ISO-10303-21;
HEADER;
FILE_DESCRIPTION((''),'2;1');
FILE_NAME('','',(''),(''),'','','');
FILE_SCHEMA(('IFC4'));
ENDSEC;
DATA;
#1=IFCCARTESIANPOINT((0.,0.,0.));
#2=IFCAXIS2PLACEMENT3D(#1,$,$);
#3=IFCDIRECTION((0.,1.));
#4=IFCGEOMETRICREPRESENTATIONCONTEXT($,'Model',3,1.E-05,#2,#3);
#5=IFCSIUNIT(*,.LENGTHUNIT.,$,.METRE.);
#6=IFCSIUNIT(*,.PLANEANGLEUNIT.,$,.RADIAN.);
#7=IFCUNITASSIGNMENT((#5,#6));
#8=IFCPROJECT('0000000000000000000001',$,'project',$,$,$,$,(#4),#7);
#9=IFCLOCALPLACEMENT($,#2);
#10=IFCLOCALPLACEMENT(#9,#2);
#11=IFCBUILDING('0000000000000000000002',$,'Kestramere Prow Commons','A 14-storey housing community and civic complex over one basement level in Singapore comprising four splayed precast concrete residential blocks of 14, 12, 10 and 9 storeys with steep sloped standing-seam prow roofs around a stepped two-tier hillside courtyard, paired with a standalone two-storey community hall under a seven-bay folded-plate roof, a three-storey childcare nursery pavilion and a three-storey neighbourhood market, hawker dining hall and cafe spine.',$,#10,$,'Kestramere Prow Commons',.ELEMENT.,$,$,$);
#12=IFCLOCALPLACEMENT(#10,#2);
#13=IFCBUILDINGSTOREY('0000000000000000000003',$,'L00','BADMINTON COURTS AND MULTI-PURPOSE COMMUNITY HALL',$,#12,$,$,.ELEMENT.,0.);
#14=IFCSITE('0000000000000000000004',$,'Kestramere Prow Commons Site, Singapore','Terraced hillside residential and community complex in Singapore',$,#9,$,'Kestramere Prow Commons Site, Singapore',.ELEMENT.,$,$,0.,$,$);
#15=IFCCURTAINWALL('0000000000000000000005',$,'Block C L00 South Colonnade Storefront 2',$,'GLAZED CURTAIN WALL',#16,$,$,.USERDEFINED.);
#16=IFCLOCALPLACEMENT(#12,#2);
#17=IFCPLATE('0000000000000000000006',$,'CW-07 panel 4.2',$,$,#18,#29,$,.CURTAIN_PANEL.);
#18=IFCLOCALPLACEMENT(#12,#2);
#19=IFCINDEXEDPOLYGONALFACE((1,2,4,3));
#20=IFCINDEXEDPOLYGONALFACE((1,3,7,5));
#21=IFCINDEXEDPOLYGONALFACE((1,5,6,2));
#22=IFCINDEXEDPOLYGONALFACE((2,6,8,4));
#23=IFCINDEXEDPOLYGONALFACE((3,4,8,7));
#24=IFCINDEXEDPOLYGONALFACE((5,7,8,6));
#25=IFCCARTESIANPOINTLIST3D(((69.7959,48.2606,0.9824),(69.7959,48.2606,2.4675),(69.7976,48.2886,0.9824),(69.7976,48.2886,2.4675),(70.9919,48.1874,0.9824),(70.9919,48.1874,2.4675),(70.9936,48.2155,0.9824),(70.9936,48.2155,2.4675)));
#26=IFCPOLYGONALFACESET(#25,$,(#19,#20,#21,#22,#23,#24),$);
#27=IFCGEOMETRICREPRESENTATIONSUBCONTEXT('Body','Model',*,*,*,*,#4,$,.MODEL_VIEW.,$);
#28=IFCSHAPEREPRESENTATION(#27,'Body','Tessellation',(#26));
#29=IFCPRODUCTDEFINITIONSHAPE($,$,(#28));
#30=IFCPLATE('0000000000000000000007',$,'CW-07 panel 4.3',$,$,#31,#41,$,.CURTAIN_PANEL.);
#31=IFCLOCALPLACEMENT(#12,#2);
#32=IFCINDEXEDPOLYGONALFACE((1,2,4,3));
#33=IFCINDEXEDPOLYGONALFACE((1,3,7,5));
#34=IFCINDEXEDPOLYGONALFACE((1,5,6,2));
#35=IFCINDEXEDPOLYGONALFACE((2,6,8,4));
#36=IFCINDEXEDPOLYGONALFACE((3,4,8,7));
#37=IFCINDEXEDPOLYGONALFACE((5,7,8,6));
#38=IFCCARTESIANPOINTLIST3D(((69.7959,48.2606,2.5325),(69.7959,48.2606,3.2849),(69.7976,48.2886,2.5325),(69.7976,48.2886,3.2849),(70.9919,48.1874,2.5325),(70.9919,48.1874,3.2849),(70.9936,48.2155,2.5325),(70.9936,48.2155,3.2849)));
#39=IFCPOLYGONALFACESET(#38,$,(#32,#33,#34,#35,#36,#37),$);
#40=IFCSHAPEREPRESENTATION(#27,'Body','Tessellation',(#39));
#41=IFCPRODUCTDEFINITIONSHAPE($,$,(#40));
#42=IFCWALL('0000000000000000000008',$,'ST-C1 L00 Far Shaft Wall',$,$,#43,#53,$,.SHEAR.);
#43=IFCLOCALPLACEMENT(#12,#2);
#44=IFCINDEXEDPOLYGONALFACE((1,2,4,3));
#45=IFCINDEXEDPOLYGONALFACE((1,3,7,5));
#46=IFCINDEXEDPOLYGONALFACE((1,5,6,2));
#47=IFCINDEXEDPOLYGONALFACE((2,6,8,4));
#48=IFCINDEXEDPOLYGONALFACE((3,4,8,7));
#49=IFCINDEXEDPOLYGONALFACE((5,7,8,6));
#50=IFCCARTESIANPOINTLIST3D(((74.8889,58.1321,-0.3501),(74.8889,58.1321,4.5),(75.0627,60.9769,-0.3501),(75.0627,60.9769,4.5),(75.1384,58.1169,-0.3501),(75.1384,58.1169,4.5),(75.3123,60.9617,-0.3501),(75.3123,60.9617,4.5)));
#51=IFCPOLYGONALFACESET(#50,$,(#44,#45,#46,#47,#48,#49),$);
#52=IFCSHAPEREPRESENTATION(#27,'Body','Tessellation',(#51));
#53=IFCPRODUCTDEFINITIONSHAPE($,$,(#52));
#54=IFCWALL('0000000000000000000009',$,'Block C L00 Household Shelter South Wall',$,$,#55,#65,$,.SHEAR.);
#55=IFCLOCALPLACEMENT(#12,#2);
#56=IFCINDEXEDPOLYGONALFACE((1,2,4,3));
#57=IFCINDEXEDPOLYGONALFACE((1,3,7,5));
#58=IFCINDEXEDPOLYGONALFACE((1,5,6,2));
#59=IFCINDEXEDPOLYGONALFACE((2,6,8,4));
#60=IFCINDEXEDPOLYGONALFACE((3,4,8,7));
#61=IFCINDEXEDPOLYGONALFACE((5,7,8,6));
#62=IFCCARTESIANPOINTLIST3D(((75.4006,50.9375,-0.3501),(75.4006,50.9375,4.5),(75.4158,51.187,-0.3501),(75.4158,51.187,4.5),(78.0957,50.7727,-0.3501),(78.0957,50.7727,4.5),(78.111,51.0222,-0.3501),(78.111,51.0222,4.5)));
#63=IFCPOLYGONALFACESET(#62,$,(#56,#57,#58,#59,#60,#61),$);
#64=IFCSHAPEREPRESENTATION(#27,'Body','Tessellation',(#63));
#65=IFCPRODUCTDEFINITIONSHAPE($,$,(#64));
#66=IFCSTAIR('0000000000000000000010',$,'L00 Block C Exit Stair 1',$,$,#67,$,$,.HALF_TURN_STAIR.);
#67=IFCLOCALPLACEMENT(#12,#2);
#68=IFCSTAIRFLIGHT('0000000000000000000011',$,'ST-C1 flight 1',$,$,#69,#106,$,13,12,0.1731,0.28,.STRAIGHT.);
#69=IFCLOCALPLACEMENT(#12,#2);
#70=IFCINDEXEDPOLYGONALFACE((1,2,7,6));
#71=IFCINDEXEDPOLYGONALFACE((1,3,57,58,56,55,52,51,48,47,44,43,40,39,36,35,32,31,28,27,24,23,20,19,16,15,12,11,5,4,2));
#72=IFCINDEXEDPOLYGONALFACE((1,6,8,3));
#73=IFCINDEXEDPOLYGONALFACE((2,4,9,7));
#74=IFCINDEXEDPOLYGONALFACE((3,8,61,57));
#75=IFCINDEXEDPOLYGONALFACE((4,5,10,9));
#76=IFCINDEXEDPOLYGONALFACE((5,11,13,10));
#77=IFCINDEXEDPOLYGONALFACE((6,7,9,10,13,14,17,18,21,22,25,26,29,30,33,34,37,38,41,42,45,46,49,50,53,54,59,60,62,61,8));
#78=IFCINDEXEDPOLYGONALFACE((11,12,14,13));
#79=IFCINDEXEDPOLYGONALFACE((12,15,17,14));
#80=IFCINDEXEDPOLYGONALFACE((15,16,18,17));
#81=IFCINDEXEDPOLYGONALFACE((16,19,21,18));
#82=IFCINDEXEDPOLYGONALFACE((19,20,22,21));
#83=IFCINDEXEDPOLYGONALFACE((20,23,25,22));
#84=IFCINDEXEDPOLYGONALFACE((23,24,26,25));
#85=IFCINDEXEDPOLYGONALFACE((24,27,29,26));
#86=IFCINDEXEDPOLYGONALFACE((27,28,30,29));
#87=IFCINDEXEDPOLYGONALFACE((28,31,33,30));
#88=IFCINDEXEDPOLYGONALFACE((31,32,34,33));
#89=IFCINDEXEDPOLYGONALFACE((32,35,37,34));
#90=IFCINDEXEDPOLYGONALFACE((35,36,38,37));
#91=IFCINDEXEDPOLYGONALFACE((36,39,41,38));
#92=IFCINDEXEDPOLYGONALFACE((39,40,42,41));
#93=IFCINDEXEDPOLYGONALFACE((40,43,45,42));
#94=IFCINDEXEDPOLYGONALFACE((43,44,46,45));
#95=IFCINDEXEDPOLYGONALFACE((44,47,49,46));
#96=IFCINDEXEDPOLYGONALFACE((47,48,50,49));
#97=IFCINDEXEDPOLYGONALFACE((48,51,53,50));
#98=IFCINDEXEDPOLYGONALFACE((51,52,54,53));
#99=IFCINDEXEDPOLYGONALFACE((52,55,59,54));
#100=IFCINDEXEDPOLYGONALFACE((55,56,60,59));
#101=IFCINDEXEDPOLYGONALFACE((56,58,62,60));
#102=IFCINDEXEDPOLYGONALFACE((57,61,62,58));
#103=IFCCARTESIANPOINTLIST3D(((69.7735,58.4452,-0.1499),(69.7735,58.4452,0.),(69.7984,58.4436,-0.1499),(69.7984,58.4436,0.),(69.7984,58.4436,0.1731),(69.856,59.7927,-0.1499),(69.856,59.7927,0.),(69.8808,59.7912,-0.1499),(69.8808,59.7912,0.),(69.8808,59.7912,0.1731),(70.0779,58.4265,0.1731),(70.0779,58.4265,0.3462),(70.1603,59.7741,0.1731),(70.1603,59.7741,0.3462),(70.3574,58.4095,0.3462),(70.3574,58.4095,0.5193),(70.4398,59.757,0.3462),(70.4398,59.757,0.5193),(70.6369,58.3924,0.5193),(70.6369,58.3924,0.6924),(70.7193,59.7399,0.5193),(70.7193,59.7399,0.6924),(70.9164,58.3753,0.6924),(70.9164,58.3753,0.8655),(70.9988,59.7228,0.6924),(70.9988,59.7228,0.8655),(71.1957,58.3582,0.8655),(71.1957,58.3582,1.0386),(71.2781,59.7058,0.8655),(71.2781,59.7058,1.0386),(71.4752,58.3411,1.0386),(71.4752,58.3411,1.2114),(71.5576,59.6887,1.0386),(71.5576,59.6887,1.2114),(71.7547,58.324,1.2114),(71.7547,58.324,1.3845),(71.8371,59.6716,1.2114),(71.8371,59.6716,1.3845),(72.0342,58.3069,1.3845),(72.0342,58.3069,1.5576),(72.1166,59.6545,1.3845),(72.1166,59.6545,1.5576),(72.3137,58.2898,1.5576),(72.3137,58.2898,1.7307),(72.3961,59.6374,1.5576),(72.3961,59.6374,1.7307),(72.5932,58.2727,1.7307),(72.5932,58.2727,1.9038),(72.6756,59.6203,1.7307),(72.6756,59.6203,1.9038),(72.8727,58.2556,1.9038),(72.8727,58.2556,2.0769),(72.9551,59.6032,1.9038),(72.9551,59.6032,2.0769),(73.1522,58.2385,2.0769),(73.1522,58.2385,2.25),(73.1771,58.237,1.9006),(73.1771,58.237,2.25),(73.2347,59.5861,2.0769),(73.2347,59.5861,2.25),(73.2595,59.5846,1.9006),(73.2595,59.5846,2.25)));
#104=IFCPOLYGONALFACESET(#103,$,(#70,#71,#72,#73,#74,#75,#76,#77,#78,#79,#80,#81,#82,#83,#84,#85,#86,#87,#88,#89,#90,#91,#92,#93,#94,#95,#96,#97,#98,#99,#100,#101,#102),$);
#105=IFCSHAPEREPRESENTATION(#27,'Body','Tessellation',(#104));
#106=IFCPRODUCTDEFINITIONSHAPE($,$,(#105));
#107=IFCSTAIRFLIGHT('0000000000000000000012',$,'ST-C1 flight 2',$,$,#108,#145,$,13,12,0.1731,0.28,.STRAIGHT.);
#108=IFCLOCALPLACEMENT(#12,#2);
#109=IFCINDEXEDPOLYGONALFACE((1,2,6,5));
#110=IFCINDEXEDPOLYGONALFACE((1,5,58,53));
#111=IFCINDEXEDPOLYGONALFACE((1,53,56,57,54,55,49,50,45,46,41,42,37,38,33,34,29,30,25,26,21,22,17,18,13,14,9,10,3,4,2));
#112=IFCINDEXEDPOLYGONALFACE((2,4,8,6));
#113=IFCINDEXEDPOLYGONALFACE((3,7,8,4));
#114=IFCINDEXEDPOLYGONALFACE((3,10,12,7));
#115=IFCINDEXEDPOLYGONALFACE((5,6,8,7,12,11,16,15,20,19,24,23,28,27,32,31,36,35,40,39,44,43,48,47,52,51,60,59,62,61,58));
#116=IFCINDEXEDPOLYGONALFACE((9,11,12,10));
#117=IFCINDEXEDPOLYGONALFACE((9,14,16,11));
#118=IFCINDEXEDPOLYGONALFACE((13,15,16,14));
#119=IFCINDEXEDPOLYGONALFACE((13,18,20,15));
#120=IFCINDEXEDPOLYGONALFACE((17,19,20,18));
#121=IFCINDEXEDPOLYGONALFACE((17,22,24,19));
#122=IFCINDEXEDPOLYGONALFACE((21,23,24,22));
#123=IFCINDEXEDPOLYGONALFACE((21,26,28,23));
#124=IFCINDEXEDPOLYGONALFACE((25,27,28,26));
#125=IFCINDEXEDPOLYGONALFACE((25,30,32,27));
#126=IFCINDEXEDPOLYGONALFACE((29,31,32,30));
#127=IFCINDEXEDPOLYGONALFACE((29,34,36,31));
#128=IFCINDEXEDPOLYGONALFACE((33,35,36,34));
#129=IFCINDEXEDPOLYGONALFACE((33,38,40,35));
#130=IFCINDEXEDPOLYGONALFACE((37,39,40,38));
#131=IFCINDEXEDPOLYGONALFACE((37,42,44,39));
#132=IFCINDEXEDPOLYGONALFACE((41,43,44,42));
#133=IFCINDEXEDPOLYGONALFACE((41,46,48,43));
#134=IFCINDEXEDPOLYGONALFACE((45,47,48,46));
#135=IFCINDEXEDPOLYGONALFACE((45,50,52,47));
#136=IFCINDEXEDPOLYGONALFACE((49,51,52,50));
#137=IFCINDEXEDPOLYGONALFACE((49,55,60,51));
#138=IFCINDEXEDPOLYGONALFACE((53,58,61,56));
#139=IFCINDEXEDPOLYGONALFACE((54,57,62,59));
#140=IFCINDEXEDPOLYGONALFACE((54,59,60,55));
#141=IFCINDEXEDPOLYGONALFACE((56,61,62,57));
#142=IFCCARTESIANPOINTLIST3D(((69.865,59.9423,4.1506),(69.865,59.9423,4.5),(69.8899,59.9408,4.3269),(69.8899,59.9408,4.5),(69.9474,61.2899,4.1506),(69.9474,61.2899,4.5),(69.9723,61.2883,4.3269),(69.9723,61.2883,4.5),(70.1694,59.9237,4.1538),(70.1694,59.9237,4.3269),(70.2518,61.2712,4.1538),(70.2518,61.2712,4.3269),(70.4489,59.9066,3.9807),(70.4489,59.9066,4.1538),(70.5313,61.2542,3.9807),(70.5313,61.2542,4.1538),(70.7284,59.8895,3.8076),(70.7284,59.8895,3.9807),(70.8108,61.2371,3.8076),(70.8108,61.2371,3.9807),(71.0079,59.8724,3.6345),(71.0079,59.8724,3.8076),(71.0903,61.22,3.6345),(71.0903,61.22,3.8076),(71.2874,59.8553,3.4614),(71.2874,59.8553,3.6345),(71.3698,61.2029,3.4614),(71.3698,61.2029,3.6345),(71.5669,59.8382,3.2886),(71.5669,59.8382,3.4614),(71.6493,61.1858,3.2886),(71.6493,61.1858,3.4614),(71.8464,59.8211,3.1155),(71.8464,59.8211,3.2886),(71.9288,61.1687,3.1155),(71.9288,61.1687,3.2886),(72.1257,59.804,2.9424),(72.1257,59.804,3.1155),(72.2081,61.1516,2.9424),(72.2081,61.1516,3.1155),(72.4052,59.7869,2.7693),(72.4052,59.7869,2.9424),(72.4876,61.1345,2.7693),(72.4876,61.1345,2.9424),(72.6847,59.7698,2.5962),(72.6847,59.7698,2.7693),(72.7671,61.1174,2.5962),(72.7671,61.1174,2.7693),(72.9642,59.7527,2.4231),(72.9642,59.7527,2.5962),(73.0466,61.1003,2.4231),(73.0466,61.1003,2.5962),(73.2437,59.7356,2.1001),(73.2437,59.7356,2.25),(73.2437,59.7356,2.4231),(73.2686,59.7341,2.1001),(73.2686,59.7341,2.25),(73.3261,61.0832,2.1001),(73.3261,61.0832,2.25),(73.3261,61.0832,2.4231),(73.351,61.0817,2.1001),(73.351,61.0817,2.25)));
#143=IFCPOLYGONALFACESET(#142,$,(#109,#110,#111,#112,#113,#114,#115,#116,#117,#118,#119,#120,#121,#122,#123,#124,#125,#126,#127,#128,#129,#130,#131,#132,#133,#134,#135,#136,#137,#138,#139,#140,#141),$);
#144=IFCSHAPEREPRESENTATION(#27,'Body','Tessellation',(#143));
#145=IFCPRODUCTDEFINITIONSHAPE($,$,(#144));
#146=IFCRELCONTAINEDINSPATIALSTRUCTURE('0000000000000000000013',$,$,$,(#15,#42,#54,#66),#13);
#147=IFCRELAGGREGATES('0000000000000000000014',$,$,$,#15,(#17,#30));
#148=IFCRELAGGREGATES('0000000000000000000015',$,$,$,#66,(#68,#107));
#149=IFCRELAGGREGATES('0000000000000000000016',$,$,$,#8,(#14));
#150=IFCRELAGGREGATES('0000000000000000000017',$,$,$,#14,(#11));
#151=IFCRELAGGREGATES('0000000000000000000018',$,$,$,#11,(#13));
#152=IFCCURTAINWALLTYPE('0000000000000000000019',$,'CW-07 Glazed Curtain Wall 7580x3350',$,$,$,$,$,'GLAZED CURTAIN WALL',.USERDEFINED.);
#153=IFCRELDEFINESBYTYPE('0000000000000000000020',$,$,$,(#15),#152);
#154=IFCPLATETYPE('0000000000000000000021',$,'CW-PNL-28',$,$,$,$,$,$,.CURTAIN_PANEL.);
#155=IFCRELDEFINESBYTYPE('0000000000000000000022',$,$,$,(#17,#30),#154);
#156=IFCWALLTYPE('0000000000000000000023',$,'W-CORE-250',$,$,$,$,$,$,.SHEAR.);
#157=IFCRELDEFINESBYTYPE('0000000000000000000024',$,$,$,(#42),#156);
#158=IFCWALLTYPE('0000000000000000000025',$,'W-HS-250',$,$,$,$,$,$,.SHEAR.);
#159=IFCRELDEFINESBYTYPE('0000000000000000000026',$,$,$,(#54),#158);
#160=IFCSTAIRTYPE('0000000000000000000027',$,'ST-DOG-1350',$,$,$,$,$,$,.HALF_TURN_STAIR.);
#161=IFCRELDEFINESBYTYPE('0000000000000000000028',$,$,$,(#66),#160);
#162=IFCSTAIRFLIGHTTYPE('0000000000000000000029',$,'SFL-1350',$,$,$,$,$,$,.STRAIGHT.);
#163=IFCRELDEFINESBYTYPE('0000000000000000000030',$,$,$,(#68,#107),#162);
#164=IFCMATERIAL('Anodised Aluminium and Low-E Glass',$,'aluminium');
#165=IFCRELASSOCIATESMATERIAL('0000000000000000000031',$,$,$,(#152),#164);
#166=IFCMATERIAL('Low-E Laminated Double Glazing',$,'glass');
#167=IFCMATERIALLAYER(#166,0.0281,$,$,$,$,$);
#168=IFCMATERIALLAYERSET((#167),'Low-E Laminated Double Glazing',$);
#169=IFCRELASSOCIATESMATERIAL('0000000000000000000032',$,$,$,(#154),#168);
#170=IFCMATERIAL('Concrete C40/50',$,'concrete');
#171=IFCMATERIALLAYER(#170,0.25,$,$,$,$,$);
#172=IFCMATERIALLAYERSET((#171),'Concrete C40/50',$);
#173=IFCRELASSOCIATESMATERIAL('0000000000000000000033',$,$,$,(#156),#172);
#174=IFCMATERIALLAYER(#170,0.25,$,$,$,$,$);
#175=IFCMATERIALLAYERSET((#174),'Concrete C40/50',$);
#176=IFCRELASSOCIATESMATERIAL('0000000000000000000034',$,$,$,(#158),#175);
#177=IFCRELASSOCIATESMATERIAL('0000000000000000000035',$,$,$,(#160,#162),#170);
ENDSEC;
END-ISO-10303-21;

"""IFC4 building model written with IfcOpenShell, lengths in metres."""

from ifc_helpers import new_model, si_unit, direction, frame, frame_2d, origin, origin_2d, place, context, subcontext, project, spatial, polyline, rectangle, outline, extrude, material, layer, layer_set, type_object, element, aggregate, save


model = new_model("IFC4")

# Units and contexts
model_context = context("Model", 3, precision=1e-05, world=origin(), true_north=direction((0.0, 1.0)))
body_context = subcontext(model_context, "Body", "Model", "MODEL_VIEW")
ifc_project = project(units=[si_unit("LENGTHUNIT", "METRE"), si_unit("PLANEANGLEUNIT", "RADIAN")], contexts=[model_context])

# Site, building, storey
site_placement = place(None, origin())
site = spatial("IfcSite", under=ifc_project, at=site_placement, Name="Kestramere Prow Commons Site, Singapore", Description="Terraced hillside residential and community complex in Singapore", LongName="Kestramere Prow Commons Site, Singapore", CompositionType="ELEMENT", RefElevation=0.0)
building_placement = place(site_placement, origin())
building = spatial("IfcBuilding", under=site, at=building_placement, Name="Kestramere Prow Commons", Description="A 14-storey housing community and civic complex over one basement level in Singapore comprising four splayed precast concrete residential blocks of 14, 12, 10 and 9 storeys with steep sloped standing-seam prow roofs around a stepped two-tier hillside courtyard, paired with a standalone two-storey community hall under a seven-bay folded-plate roof, a three-storey childcare nursery pavilion and a three-storey neighbourhood market, hawker dining hall and cafe spine.", LongName="Kestramere Prow Commons", CompositionType="ELEMENT")
storey_placement = place(building_placement, origin())
storey = spatial("IfcBuildingStorey", under=building, at=storey_placement, Name="L00", Description="BADMINTON COURTS AND MULTI-PURPOSE COMMUNITY HALL", CompositionType="ELEMENT", Elevation=0.0)

# Shared definitions
ifc_material_1 = material(Name="Concrete C40/50", Category="concrete")

# Curtain wall, plates
ifc_material_2 = material(Name="Anodised Aluminium and Low-E Glass", Category="aluminium")
curtain_wall_type = type_object("IfcCurtainWallType", Name="CW-07 Glazed Curtain Wall 7580x3350", ElementType="GLAZED CURTAIN WALL", PredefinedType="USERDEFINED", material=ifc_material_2)
curtain_wall_placement = place(storey_placement, origin())
curtain_wall = element("IfcCurtainWall", 1, at=curtain_wall_placement, inside=storey, type_object=curtain_wall_type, Name="Block C L00 South Colonnade Storefront 2", ObjectType="GLAZED CURTAIN WALL", PredefinedType="USERDEFINED")
ifc_material_3 = material(Name="Low-E Laminated Double Glazing", Category="glass")
ifc_layer_1 = layer(ifc_material_3, 0.0281)
ifc_layer_set_1 = layer_set([ifc_layer_1], Name="Low-E Laminated Double Glazing")
plate_type = type_object("IfcPlateType", Name="CW-PNL-28", PredefinedType="CURTAIN_PANEL", material=ifc_layer_set_1)
plate_1_placement = place(storey_placement, frame((70.3948, 48.238, 0.9824), z_axis=(0.0, 0.0, 1.0), x_axis=(-0.998135, 0.061049, 0.0)))
plate_1 = element("IfcPlate", 2, at=plate_1_placement, type_object=plate_type, Name="CW-07 panel 4.2", PredefinedType="CURTAIN_PANEL", context=body_context, shape_type="SweptSolid", body=[
    extrude(rectangle(XDim=1.1982, YDim=0.0281, at=origin_2d()), origin(), (0.0, 0.0, 1.0), 1.4851),
])
plate_2_placement = place(storey_placement, frame((70.3948, 48.238, 2.5325), z_axis=(0.0, 0.0, 1.0), x_axis=(-0.998135, 0.061049, 0.0)))
plate_2 = element("IfcPlate", 3, at=plate_2_placement, type_object=plate_type, Name="CW-07 panel 4.3", PredefinedType="CURTAIN_PANEL", context=body_context, shape_type="SweptSolid", body=[
    extrude(rectangle(XDim=1.1982, YDim=0.0281, at=origin_2d()), origin(), (0.0, 0.0, 1.0), 0.7524),
])
aggregate(curtain_wall, [plate_1, plate_2])

# Walls
ifc_layer_2 = layer(ifc_material_1, 0.25)
ifc_layer_set_2 = layer_set([ifc_layer_2], Name="Concrete C40/50")
wall_type_1 = type_object("IfcWallType", Name="W-CORE-250", PredefinedType="SHEAR", material=ifc_layer_set_2)
wall_1_placement = place(storey_placement, frame((75.0137, 58.1245, -0.3501), z_axis=(0.0, 0.0, 1.0), x_axis=(0.060992, 0.998138, 0.0)))
element("IfcWall", 4, at=wall_1_placement, inside=storey, type_object=wall_type_1, Name="ST-C1 L00 Far Shaft Wall", PredefinedType="SHEAR", context=body_context, shape_type="SweptSolid", body=[
    extrude(rectangle(XDim=2.8501, YDim=0.25, at=frame_2d((1.425, 0.0))), origin(), (0.0, 0.0, 1.0), 4.8501),
])
ifc_layer_3 = layer(ifc_material_1, 0.25)
ifc_layer_set_3 = layer_set([ifc_layer_3], Name="Concrete C40/50")
wall_type_2 = type_object("IfcWallType", Name="W-HS-250", PredefinedType="SHEAR", material=ifc_layer_set_3)
wall_2_placement = place(storey_placement, frame((75.4082, 51.0623, -0.3501), z_axis=(0.0, 0.0, 1.0), x_axis=(0.998136, -0.061033, 0.0)))
element("IfcWall", 5, at=wall_2_placement, inside=storey, type_object=wall_type_2, Name="Block C L00 Household Shelter South Wall", PredefinedType="SHEAR", context=body_context, shape_type="SweptSolid", body=[
    extrude(rectangle(XDim=2.7002, YDim=0.25, at=frame_2d((1.3501, 0.0))), origin(), (0.0, 0.0, 1.0), 4.8501),
])

# Stair, stair flights
stair_type = type_object("IfcStairType", Name="ST-DOG-1350", PredefinedType="HALF_TURN_STAIR", material=ifc_material_1)
stair_placement = place(storey_placement, origin())
stair = element("IfcStair", 6, at=stair_placement, inside=storey, type_object=stair_type, Name="L00 Block C Exit Stair 1", PredefinedType="HALF_TURN_STAIR")
stair_flight_type = type_object("IfcStairFlightType", Name="SFL-1350", PredefinedType="STRAIGHT", material=ifc_material_1)
stair_flight_1_placement = place(storey_placement, frame((69.8396, 59.1174, 0.0), z_axis=(0.0, 0.0, 1.0), x_axis=(0.998135, -0.061049, 0.0)))
stair_flight_1 = element("IfcStairFlight", 7, at=stair_flight_1_placement, type_object=stair_flight_type, Name="ST-C1 flight 1", NumberOfRisers=13, NumberOfTreads=12, PredefinedType="STRAIGHT", RiserHeight=0.1731, TreadLength=0.28, context=body_context, shape_type="SweptSolid", body=[
    extrude(outline(polyline([(-0.0249, 0.0), (0.0, 0.0), (0.0, 0.1731), (0.28, 0.1731), (0.28, 0.3462), (0.5601, 0.3462), (0.5601, 0.5193), (0.8401, 0.5193), (0.8401, 0.6924), (1.1201, 0.6924), (1.1201, 0.8655), (1.3999, 0.8655), (1.3999, 1.0386), (1.6799, 1.0386), (1.6799, 1.2114), (1.96, 1.2114), (1.96, 1.3845), (2.24, 1.3845), (2.24, 1.5576), (2.52, 1.5576), (2.52, 1.7307), (2.8, 1.7307), (2.8, 1.9038), (3.0801, 1.9038), (3.0801, 2.0769), (3.3601, 2.0769), (3.3601, 2.25), (3.385, 2.25), (3.385, 1.9006), (0.0, -0.1499), (-0.0249, -0.1499), (-0.0249, 0.0)])), frame((0.0, 0.675, 0.0), z_axis=(0.0, -1.0, 0.0), x_axis=(1.0, 0.0, 0.0)), (0.0, 0.0, 1.0), 1.3501),
])
stair_flight_2_placement = place(storey_placement, frame((73.2849, 60.4094, 2.25), z_axis=(0.0, 0.0, 1.0), x_axis=(-0.998135, 0.061049, 0.0)))
stair_flight_2 = element("IfcStairFlight", 8, at=stair_flight_2_placement, type_object=stair_flight_type, Name="ST-C1 flight 2", NumberOfRisers=13, NumberOfTreads=12, PredefinedType="STRAIGHT", RiserHeight=0.1731, TreadLength=0.28, context=body_context, shape_type="SweptSolid", body=[
    extrude(outline(polyline([(-0.0249, 0.0), (0.0, 0.0), (0.0, 0.1731), (0.28, 0.1731), (0.28, 0.3462), (0.5601, 0.3462), (0.5601, 0.5193), (0.8401, 0.5193), (0.8401, 0.6924), (1.1201, 0.6924), (1.1201, 0.8655), (1.3999, 0.8655), (1.3999, 1.0386), (1.6799, 1.0386), (1.6799, 1.2114), (1.96, 1.2114), (1.96, 1.3845), (2.24, 1.3845), (2.24, 1.5576), (2.52, 1.5576), (2.52, 1.7307), (2.8, 1.7307), (2.8, 1.9038), (3.0801, 1.9038), (3.0801, 2.0769), (3.3601, 2.0769), (3.3601, 2.25), (3.385, 2.25), (3.385, 1.9006), (0.0, -0.1499), (-0.0249, -0.1499), (-0.0249, 0.0)])), frame((0.0, 0.675, 0.0), z_axis=(0.0, -1.0, 0.0), x_axis=(1.0, 0.0, 0.0)), (0.0, 0.0, 1.0), 1.3501),
])
aggregate(stair, [stair_flight_1, stair_flight_2])

save(model, "model.ifc")
